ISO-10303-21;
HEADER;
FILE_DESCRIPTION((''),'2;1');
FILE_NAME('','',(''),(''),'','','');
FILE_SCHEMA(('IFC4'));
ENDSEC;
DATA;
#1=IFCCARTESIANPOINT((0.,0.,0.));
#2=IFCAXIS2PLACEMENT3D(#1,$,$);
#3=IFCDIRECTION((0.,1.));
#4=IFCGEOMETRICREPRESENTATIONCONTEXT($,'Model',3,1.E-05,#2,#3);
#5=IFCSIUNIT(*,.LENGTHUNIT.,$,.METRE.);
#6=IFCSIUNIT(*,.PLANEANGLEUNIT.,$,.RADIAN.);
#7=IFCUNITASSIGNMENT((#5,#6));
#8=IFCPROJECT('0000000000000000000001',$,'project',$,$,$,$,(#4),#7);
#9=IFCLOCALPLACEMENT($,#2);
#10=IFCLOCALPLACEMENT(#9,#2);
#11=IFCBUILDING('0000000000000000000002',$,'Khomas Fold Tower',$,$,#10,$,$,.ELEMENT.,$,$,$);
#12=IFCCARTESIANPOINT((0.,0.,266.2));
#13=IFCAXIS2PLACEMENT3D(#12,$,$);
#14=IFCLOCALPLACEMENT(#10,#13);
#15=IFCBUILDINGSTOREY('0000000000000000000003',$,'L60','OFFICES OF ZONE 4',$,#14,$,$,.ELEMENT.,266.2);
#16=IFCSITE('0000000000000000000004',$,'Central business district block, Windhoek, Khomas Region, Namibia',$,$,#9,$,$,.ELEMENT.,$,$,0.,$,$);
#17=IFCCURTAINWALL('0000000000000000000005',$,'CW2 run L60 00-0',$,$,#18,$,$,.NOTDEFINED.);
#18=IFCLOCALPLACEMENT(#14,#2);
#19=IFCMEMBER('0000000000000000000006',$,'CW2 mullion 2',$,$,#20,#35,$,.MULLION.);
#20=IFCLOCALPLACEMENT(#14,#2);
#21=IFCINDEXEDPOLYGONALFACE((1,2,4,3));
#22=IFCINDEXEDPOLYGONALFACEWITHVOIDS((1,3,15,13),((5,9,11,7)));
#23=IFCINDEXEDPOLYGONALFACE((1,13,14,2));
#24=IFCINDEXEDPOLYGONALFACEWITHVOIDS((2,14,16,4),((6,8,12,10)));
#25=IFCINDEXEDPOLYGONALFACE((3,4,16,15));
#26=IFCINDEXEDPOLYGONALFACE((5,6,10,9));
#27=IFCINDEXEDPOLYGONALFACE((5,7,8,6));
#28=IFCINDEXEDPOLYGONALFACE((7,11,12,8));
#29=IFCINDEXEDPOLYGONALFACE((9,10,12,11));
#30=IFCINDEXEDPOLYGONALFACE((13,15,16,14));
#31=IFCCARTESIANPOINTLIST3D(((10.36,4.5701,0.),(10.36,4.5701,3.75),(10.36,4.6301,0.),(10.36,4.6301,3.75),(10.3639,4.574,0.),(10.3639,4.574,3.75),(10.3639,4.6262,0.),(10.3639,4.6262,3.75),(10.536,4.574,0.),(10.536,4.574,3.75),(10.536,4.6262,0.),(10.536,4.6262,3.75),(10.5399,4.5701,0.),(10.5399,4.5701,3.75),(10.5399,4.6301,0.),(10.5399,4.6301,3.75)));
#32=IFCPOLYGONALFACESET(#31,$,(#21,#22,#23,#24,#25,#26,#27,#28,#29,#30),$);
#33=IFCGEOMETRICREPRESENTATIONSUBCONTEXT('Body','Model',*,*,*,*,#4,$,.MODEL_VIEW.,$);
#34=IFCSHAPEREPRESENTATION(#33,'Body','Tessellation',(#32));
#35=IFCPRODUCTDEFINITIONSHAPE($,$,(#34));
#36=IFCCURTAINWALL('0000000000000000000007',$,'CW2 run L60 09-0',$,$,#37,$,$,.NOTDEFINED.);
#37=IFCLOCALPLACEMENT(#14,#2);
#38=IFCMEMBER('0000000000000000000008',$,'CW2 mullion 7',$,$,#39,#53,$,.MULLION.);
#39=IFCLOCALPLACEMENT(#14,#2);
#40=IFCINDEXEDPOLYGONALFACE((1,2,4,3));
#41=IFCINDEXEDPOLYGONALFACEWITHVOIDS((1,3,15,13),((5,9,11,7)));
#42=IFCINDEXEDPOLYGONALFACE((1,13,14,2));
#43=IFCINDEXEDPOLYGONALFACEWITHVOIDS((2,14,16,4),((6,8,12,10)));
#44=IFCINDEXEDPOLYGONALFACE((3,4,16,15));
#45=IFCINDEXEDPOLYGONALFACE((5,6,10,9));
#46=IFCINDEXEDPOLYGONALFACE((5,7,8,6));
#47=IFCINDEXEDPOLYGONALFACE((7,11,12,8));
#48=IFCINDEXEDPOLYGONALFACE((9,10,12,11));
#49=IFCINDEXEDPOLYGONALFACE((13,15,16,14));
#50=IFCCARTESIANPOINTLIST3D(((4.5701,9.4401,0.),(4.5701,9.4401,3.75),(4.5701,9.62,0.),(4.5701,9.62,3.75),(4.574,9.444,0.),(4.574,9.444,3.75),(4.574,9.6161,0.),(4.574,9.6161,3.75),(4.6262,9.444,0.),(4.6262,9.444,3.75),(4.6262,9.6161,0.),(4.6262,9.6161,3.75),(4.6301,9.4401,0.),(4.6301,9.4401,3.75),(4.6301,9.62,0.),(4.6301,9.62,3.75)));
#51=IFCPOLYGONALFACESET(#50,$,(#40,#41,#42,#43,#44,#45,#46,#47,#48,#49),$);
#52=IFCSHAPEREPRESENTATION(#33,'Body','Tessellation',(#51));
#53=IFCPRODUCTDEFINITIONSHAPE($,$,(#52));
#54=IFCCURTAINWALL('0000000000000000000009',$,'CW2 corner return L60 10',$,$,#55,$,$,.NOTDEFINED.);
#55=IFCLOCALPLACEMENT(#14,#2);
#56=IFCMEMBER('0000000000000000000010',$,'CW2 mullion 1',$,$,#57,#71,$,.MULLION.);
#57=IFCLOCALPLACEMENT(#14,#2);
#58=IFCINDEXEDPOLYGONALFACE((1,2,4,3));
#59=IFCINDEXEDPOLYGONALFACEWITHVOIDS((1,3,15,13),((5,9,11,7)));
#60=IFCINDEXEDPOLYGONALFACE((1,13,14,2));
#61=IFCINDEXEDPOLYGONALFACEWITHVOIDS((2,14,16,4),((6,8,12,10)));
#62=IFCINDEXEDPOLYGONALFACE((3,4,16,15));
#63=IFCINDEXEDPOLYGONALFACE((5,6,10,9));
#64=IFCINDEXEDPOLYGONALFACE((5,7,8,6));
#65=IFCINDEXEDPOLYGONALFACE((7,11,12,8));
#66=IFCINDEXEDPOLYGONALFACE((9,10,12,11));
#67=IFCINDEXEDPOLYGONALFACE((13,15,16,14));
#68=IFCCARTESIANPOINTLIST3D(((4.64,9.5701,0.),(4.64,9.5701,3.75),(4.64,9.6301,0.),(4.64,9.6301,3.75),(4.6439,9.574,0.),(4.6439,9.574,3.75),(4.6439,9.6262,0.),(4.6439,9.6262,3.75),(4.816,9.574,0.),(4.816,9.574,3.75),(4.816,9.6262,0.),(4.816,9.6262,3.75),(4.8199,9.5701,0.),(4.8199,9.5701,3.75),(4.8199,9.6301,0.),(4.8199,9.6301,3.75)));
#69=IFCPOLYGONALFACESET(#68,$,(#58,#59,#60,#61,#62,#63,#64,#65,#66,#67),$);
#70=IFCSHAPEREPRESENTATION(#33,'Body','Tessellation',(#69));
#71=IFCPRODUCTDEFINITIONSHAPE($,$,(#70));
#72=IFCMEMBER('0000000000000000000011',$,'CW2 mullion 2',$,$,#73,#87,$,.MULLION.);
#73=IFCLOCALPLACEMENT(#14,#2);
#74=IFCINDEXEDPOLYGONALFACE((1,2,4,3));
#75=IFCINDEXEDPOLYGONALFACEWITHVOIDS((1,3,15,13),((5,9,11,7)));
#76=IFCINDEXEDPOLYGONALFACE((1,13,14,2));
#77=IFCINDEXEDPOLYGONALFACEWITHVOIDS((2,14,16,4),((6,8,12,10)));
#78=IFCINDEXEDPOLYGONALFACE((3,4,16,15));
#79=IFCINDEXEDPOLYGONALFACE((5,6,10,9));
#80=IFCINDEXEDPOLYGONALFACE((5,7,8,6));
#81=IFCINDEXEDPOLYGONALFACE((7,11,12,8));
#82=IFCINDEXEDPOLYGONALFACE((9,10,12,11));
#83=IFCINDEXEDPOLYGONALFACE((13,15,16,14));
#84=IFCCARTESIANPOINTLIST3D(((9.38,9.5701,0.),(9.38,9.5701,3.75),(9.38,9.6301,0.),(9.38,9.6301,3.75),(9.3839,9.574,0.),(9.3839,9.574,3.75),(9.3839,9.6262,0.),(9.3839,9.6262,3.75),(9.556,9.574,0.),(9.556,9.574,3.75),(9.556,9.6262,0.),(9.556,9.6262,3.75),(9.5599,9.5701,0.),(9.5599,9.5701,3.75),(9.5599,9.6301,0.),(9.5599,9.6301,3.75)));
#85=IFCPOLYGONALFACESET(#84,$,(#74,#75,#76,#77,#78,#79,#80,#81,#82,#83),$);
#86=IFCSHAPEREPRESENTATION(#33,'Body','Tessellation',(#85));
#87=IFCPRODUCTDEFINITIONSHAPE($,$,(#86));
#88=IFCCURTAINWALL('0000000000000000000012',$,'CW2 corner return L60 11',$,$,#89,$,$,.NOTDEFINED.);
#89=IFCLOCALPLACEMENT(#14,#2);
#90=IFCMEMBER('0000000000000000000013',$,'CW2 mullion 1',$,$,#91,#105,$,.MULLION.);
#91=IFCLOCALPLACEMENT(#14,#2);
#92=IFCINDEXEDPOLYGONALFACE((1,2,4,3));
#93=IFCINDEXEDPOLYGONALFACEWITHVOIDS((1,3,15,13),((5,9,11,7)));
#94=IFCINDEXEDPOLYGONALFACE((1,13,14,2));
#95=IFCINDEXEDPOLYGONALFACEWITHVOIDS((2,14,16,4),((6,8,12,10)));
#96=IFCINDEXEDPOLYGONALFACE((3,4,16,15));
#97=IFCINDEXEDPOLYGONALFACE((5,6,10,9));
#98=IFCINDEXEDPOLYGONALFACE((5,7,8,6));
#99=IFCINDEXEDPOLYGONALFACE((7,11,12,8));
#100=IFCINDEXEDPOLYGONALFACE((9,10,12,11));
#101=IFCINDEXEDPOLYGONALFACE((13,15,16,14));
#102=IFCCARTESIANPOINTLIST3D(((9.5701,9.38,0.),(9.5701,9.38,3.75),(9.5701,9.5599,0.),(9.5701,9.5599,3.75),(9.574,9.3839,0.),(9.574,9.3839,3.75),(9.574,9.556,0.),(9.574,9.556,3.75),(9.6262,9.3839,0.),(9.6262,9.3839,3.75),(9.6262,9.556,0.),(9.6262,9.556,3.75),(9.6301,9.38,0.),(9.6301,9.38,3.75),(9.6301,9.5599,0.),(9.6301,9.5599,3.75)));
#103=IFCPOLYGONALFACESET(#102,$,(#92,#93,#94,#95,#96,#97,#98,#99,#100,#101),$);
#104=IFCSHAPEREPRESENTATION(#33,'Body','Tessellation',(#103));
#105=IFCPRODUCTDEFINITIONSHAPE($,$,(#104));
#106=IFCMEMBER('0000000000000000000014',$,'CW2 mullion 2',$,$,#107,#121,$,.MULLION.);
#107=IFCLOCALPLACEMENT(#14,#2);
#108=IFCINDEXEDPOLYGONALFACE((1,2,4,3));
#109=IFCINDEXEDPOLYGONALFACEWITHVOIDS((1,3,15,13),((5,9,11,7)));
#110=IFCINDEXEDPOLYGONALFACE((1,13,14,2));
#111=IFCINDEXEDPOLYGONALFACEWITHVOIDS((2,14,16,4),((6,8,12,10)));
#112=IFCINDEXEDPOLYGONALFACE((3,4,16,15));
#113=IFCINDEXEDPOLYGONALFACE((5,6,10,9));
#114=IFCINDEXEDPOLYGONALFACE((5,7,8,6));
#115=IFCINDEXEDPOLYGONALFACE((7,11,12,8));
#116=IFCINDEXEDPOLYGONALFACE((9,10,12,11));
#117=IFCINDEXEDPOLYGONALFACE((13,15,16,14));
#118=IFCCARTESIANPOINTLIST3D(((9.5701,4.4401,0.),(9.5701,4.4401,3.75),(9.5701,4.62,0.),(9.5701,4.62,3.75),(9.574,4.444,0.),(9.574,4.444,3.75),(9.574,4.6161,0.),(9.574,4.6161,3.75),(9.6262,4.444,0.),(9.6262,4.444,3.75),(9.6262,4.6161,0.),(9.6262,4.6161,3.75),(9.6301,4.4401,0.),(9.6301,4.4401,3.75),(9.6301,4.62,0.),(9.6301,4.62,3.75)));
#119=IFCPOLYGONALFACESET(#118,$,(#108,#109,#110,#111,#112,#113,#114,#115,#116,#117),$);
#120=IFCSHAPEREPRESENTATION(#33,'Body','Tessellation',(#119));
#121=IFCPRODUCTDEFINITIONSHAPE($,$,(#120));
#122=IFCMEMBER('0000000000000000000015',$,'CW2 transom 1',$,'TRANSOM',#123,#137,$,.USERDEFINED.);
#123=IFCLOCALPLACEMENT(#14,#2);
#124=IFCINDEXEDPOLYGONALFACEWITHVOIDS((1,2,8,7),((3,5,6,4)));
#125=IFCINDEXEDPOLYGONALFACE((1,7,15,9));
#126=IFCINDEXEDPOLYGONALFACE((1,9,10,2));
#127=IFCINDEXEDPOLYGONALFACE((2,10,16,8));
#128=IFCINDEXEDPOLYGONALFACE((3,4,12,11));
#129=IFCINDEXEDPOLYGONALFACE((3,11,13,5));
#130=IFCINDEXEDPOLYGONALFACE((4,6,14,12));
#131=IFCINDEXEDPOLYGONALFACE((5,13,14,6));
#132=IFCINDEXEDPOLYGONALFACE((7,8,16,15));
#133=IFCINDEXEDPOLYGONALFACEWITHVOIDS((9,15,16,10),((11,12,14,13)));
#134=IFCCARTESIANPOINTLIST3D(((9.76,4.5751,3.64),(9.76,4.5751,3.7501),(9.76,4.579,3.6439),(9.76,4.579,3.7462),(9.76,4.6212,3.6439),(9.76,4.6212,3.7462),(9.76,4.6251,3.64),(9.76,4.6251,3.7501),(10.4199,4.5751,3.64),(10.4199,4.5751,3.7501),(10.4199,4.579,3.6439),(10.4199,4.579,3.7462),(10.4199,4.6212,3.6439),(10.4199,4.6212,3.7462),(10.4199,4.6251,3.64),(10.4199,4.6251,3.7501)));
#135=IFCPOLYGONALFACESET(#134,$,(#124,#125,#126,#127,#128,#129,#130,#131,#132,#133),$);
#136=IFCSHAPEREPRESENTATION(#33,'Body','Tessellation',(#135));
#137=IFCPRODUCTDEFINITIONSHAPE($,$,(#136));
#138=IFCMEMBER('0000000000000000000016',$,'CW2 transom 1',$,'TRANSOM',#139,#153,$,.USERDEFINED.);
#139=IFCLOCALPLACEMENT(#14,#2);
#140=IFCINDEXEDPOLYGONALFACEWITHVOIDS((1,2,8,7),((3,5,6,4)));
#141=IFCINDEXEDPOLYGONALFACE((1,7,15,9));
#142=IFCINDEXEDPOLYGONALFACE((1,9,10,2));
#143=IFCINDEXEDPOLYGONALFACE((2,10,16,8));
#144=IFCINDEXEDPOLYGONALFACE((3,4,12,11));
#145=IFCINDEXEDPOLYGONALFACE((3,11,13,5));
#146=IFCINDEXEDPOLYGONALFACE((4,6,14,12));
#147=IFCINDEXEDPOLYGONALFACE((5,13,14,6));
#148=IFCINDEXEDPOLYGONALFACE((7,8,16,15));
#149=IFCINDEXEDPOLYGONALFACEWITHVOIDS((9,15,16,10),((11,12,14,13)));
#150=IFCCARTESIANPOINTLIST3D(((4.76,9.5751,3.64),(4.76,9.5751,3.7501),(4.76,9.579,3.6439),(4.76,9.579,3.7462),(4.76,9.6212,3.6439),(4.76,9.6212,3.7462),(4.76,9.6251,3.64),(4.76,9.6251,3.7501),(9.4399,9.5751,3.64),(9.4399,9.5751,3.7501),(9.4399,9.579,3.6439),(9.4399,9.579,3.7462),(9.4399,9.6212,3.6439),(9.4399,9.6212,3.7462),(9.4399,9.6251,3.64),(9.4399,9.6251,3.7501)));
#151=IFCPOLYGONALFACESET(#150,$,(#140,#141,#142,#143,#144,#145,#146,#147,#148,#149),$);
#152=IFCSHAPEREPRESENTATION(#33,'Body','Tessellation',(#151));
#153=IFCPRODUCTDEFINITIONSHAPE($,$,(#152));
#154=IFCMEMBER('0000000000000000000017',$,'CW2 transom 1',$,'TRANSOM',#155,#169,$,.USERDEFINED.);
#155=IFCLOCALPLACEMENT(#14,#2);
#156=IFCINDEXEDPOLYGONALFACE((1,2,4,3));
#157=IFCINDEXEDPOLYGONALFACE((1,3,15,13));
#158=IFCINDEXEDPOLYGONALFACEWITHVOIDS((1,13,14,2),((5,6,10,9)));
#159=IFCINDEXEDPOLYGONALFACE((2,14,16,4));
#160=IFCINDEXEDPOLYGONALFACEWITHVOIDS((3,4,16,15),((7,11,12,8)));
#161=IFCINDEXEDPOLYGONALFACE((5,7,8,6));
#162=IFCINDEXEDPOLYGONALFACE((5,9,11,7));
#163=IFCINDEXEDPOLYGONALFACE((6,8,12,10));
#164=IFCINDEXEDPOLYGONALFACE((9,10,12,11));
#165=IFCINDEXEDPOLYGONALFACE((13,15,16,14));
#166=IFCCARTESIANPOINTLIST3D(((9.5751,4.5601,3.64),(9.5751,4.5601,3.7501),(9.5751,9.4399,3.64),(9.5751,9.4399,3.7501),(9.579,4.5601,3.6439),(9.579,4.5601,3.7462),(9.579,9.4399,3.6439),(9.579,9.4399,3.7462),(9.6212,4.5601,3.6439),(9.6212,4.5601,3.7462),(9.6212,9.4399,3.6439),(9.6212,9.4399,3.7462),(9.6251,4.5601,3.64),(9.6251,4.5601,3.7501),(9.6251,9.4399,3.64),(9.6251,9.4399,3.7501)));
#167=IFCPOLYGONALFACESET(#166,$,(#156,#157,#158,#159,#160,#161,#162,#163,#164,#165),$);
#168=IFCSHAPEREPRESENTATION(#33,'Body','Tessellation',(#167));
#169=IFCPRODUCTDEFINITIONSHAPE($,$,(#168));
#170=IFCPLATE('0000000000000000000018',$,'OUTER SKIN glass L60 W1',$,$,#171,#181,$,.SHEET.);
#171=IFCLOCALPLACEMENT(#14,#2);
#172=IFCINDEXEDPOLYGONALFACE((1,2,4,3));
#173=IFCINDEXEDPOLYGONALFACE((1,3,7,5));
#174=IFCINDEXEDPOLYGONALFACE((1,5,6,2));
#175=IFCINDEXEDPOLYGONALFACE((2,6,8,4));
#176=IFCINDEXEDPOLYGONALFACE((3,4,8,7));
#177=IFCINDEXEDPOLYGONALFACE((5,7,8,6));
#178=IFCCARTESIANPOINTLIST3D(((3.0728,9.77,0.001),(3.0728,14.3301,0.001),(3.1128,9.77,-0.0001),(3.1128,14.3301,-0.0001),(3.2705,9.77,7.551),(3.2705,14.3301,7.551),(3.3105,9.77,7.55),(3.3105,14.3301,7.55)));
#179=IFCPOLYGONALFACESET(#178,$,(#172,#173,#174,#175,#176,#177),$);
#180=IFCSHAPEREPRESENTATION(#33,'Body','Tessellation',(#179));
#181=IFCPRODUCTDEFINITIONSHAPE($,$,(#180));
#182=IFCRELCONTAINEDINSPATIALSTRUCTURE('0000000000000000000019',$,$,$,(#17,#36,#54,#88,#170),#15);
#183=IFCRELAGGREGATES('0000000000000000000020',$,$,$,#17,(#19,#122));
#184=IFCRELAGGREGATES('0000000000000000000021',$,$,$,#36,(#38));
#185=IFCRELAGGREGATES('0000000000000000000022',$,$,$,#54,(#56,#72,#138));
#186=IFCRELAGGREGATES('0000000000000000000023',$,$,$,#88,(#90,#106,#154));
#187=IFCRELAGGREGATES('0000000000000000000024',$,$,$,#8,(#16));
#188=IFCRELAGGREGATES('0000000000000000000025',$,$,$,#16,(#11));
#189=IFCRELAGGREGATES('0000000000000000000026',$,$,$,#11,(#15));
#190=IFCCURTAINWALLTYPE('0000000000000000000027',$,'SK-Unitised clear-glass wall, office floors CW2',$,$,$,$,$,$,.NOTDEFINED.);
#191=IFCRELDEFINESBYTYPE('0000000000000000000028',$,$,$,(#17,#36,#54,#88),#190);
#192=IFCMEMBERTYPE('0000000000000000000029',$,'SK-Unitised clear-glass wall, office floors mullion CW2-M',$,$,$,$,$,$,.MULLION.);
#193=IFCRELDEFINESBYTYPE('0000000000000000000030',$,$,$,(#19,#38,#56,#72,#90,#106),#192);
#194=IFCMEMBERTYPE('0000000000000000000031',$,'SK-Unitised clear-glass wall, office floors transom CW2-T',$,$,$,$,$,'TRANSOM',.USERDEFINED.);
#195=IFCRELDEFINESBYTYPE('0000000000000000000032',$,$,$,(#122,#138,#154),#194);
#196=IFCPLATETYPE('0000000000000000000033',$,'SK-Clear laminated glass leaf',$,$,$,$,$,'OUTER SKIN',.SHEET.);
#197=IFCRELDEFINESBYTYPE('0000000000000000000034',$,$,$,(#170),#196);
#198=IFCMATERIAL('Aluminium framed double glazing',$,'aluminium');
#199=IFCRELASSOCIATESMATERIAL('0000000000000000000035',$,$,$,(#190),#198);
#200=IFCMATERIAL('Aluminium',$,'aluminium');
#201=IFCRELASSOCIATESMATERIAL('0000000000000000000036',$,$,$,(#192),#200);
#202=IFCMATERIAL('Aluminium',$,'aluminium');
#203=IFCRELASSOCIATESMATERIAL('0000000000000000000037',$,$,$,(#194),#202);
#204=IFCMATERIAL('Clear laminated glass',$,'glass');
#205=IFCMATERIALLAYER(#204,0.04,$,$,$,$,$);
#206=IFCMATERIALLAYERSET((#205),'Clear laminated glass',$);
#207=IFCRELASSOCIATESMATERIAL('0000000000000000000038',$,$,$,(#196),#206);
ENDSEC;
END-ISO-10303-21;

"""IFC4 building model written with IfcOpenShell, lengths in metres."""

from ifc_helpers import new_model, si_unit, direction, frame, origin, origin_2d, place, context, subcontext, project, spatial, polyline, hollow_rectangle, outline, extrude, source, transform, mapped, material, layer, layer_set, material_profile, profile_set, type_object, element, aggregate, save


model = new_model("IFC4")

# Units and contexts
model_context = context("Model", 3, precision=1e-05, world=origin(), true_north=direction((0.0, 1.0)))
body_context = subcontext(model_context, "Body", "Model", "MODEL_VIEW")
ifc_project = project(units=[si_unit("LENGTHUNIT", "METRE"), si_unit("PLANEANGLEUNIT", "RADIAN")], contexts=[model_context])

# Site, building, storey
site_placement = place(None, origin())
site = spatial("IfcSite", under=ifc_project, at=site_placement, Name="Central business district block, Windhoek, Khomas Region, Namibia", CompositionType="ELEMENT", RefElevation=0.0)
building_placement = place(site_placement, origin())
building = spatial("IfcBuilding", under=site, at=building_placement, Name="Khomas Fold Tower", CompositionType="ELEMENT")
storey_placement = place(building_placement, frame((0.0, 0.0, 266.2)))
storey = spatial("IfcBuildingStorey", under=building, at=storey_placement, Name="L60", Description="OFFICES OF ZONE 4", CompositionType="ELEMENT", Elevation=266.2)

# Curtain walls, members
ifc_material_1 = material(Name="Aluminium framed double glazing", Category="aluminium")
curtain_wall_type = type_object("IfcCurtainWallType", Name="SK-Unitised clear-glass wall, office floors CW2", PredefinedType="NOTDEFINED", material=ifc_material_1)
curtain_wall_1_placement = place(storey_placement, origin())
curtain_wall_1 = element("IfcCurtainWall", 1, at=curtain_wall_1_placement, inside=storey, type_object=curtain_wall_type, Name="CW2 run L60 00-0", PredefinedType="NOTDEFINED")
ifc_material_2 = material(Name="Aluminium", Category="aluminium")
ifc_material_profile_1 = material_profile(ifc_material_2, hollow_rectangle(XDim=0.0601, YDim=0.1799, WallThickness=0.0039, at=origin_2d()), Name="SK-Unitised clear-glass wall, office floors mullion CW2-M")
ifc_profile_set_1 = profile_set([ifc_material_profile_1], Name="Aluminium")
member_type_1 = type_object("IfcMemberType", Name="SK-Unitised clear-glass wall, office floors mullion CW2-M", PredefinedType="MULLION", material=ifc_profile_set_1)
shared_shape_1 = source(origin(), body_context, "Body", "SweptSolid", [
    extrude(hollow_rectangle(XDim=0.0601, YDim=0.1799, WallThickness=0.0039, at=origin_2d()), origin(), (0.0, 0.0, 1.0), 3.75),
])
member_1_placement = place(storey_placement, frame((10.45, 4.6001, 0.0), z_axis=(0.0, 0.0, 1.0), x_axis=(0.0, 1.0, 0.0)))
member_1 = element("IfcMember", 2, at=member_1_placement, type_object=member_type_1, Name="CW2 mullion 2", PredefinedType="MULLION", context=body_context, shape_type="MappedRepresentation", body=[
    mapped(shared_shape_1, transform((0.0, 0.0, 0.0))),
])
curtain_wall_2_placement = place(storey_placement, origin())
curtain_wall_2 = element("IfcCurtainWall", 3, at=curtain_wall_2_placement, inside=storey, type_object=curtain_wall_type, Name="CW2 run L60 09-0", PredefinedType="NOTDEFINED")
member_2_placement = place(storey_placement, frame((4.6001, 9.53, 0.0), z_axis=(0.0, 0.0, 1.0), x_axis=(1.0, 0.0, 0.0)))
member_2 = element("IfcMember", 4, at=member_2_placement, type_object=member_type_1, Name="CW2 mullion 7", PredefinedType="MULLION", context=body_context, shape_type="MappedRepresentation", body=[
    mapped(shared_shape_1, transform((0.0, 0.0, 0.0))),
])

# Curtain walls, members
curtain_wall_3_placement = place(storey_placement, origin())
curtain_wall_3 = element("IfcCurtainWall", 5, at=curtain_wall_3_placement, inside=storey, type_object=curtain_wall_type, Name="CW2 corner return L60 10", PredefinedType="NOTDEFINED")
member_3_placement = place(storey_placement, frame((4.73, 9.6001, 0.0), z_axis=(0.0, 0.0, 1.0), x_axis=(0.0, 1.0, 0.0)))
member_3 = element("IfcMember", 6, at=member_3_placement, type_object=member_type_1, Name="CW2 mullion 1", PredefinedType="MULLION", context=body_context, shape_type="MappedRepresentation", body=[
    mapped(shared_shape_1, transform((0.0, 0.0, 0.0))),
])
member_4_placement = place(storey_placement, frame((9.47, 9.6001, 0.0), z_axis=(0.0, 0.0, 1.0), x_axis=(0.0, 1.0, 0.0)))
member_4 = element("IfcMember", 7, at=member_4_placement, type_object=member_type_1, Name="CW2 mullion 2", PredefinedType="MULLION", context=body_context, shape_type="MappedRepresentation", body=[
    mapped(shared_shape_1, transform((0.0, 0.0, 0.0))),
])
curtain_wall_4_placement = place(storey_placement, origin())
curtain_wall_4 = element("IfcCurtainWall", 8, at=curtain_wall_4_placement, inside=storey, type_object=curtain_wall_type, Name="CW2 corner return L60 11", PredefinedType="NOTDEFINED")
member_5_placement = place(storey_placement, frame((9.6001, 9.47, 0.0), z_axis=(0.0, 0.0, 1.0), x_axis=(1.0, 0.0, 0.0)))
member_5 = element("IfcMember", 9, at=member_5_placement, type_object=member_type_1, Name="CW2 mullion 1", PredefinedType="MULLION", context=body_context, shape_type="MappedRepresentation", body=[
    mapped(shared_shape_1, transform((0.0, 0.0, 0.0))),
])
member_6_placement = place(storey_placement, frame((9.6001, 4.53, 0.0), z_axis=(0.0, 0.0, 1.0), x_axis=(1.0, 0.0, 0.0)))
member_6 = element("IfcMember", 10, at=member_6_placement, type_object=member_type_1, Name="CW2 mullion 2", PredefinedType="MULLION", context=body_context, shape_type="MappedRepresentation", body=[
    mapped(shared_shape_1, transform((0.0, 0.0, 0.0))),
])

# Members
ifc_material_3 = material(Name="Aluminium", Category="aluminium")
ifc_material_profile_2 = material_profile(ifc_material_3, hollow_rectangle(XDim=0.05, YDim=0.1101, WallThickness=0.0039, at=origin_2d()), Name="SK-Unitised clear-glass wall, office floors transom CW2-T")
ifc_profile_set_2 = profile_set([ifc_material_profile_2], Name="Aluminium")
member_type_2 = type_object("IfcMemberType", Name="SK-Unitised clear-glass wall, office floors transom CW2-T", ElementType="TRANSOM", PredefinedType="USERDEFINED", material=ifc_profile_set_2)
shared_shape_2 = source(origin(), body_context, "Body", "SweptSolid", [
    extrude(hollow_rectangle(XDim=0.05, YDim=0.1101, WallThickness=0.0039, at=origin_2d()), origin(), (0.0, 0.0, 1.0), 0.6599),
])
member_7_placement = place(storey_placement, frame((9.76, 4.6001, 3.6951), z_axis=(1.0, 0.0, 0.0), x_axis=(0.0, 1.0, 0.0)))
member_7 = element("IfcMember", 11, at=member_7_placement, type_object=member_type_2, Name="CW2 transom 1", ObjectType="TRANSOM", PredefinedType="USERDEFINED", context=body_context, shape_type="MappedRepresentation", body=[
    mapped(shared_shape_2, transform((0.0, 0.0, 0.0))),
])
shared_shape_3 = source(origin(), body_context, "Body", "SweptSolid", [
    extrude(hollow_rectangle(XDim=0.05, YDim=0.1101, WallThickness=0.0039, at=origin_2d()), origin(), (0.0, 0.0, 1.0), 4.6799),
])
member_8_placement = place(storey_placement, frame((4.76, 9.6001, 3.6951), z_axis=(1.0, 0.0, 0.0), x_axis=(0.0, 1.0, 0.0)))
member_8 = element("IfcMember", 12, at=member_8_placement, type_object=member_type_2, Name="CW2 transom 1", ObjectType="TRANSOM", PredefinedType="USERDEFINED", context=body_context, shape_type="MappedRepresentation", body=[
    mapped(shared_shape_3, transform((0.0, 0.0, 0.0))),
])
shared_shape_4 = source(origin(), body_context, "Body", "SweptSolid", [
    extrude(hollow_rectangle(XDim=0.05, YDim=0.1101, WallThickness=0.0039, at=origin_2d()), origin(), (0.0, 0.0, 1.0), 4.8799),
])
member_9_placement = place(storey_placement, frame((9.6001, 9.4399, 3.6951), z_axis=(0.0, -1.0, 0.0), x_axis=(1.0, 0.0, 0.0)))
member_9 = element("IfcMember", 13, at=member_9_placement, type_object=member_type_2, Name="CW2 transom 1", ObjectType="TRANSOM", PredefinedType="USERDEFINED", context=body_context, shape_type="MappedRepresentation", body=[
    mapped(shared_shape_4, transform((0.0, 0.0, 0.0))),
])

# Plate
ifc_material_4 = material(Name="Clear laminated glass", Category="glass")
ifc_layer_1 = layer(ifc_material_4, 0.04)
ifc_layer_set_1 = layer_set([ifc_layer_1], Name="Clear laminated glass")
plate_type_1 = type_object("IfcPlateType", Name="SK-Clear laminated glass leaf", ElementType="OUTER SKIN", PredefinedType="SHEET", material=ifc_layer_set_1)
plate_1_placement = place(storey_placement, frame((3.0728, 9.77, 0.001), z_axis=(-0.999657, 0.0, 0.026183), x_axis=(0.0, 1.0, 0.0)))
element("IfcPlate", 14, at=plate_1_placement, inside=storey, type_object=plate_type_1, Name="OUTER SKIN glass L60 W1", PredefinedType="SHEET", context=body_context, shape_type="SweptSolid", body=[
    extrude(outline(polyline([(0.0, 0.0), (4.5601, 0.0), (4.5601, -7.5526), (0.0, -7.5526), (0.0, 0.0)])), origin(), (0.0, 0.0, -1.0), 0.04),
])

aggregate(curtain_wall_1, [member_1, member_7])
aggregate(curtain_wall_2, [member_2])
aggregate(curtain_wall_3, [member_3, member_4, member_8])
aggregate(curtain_wall_4, [member_5, member_6, member_9])

save(model, "model.ifc")
